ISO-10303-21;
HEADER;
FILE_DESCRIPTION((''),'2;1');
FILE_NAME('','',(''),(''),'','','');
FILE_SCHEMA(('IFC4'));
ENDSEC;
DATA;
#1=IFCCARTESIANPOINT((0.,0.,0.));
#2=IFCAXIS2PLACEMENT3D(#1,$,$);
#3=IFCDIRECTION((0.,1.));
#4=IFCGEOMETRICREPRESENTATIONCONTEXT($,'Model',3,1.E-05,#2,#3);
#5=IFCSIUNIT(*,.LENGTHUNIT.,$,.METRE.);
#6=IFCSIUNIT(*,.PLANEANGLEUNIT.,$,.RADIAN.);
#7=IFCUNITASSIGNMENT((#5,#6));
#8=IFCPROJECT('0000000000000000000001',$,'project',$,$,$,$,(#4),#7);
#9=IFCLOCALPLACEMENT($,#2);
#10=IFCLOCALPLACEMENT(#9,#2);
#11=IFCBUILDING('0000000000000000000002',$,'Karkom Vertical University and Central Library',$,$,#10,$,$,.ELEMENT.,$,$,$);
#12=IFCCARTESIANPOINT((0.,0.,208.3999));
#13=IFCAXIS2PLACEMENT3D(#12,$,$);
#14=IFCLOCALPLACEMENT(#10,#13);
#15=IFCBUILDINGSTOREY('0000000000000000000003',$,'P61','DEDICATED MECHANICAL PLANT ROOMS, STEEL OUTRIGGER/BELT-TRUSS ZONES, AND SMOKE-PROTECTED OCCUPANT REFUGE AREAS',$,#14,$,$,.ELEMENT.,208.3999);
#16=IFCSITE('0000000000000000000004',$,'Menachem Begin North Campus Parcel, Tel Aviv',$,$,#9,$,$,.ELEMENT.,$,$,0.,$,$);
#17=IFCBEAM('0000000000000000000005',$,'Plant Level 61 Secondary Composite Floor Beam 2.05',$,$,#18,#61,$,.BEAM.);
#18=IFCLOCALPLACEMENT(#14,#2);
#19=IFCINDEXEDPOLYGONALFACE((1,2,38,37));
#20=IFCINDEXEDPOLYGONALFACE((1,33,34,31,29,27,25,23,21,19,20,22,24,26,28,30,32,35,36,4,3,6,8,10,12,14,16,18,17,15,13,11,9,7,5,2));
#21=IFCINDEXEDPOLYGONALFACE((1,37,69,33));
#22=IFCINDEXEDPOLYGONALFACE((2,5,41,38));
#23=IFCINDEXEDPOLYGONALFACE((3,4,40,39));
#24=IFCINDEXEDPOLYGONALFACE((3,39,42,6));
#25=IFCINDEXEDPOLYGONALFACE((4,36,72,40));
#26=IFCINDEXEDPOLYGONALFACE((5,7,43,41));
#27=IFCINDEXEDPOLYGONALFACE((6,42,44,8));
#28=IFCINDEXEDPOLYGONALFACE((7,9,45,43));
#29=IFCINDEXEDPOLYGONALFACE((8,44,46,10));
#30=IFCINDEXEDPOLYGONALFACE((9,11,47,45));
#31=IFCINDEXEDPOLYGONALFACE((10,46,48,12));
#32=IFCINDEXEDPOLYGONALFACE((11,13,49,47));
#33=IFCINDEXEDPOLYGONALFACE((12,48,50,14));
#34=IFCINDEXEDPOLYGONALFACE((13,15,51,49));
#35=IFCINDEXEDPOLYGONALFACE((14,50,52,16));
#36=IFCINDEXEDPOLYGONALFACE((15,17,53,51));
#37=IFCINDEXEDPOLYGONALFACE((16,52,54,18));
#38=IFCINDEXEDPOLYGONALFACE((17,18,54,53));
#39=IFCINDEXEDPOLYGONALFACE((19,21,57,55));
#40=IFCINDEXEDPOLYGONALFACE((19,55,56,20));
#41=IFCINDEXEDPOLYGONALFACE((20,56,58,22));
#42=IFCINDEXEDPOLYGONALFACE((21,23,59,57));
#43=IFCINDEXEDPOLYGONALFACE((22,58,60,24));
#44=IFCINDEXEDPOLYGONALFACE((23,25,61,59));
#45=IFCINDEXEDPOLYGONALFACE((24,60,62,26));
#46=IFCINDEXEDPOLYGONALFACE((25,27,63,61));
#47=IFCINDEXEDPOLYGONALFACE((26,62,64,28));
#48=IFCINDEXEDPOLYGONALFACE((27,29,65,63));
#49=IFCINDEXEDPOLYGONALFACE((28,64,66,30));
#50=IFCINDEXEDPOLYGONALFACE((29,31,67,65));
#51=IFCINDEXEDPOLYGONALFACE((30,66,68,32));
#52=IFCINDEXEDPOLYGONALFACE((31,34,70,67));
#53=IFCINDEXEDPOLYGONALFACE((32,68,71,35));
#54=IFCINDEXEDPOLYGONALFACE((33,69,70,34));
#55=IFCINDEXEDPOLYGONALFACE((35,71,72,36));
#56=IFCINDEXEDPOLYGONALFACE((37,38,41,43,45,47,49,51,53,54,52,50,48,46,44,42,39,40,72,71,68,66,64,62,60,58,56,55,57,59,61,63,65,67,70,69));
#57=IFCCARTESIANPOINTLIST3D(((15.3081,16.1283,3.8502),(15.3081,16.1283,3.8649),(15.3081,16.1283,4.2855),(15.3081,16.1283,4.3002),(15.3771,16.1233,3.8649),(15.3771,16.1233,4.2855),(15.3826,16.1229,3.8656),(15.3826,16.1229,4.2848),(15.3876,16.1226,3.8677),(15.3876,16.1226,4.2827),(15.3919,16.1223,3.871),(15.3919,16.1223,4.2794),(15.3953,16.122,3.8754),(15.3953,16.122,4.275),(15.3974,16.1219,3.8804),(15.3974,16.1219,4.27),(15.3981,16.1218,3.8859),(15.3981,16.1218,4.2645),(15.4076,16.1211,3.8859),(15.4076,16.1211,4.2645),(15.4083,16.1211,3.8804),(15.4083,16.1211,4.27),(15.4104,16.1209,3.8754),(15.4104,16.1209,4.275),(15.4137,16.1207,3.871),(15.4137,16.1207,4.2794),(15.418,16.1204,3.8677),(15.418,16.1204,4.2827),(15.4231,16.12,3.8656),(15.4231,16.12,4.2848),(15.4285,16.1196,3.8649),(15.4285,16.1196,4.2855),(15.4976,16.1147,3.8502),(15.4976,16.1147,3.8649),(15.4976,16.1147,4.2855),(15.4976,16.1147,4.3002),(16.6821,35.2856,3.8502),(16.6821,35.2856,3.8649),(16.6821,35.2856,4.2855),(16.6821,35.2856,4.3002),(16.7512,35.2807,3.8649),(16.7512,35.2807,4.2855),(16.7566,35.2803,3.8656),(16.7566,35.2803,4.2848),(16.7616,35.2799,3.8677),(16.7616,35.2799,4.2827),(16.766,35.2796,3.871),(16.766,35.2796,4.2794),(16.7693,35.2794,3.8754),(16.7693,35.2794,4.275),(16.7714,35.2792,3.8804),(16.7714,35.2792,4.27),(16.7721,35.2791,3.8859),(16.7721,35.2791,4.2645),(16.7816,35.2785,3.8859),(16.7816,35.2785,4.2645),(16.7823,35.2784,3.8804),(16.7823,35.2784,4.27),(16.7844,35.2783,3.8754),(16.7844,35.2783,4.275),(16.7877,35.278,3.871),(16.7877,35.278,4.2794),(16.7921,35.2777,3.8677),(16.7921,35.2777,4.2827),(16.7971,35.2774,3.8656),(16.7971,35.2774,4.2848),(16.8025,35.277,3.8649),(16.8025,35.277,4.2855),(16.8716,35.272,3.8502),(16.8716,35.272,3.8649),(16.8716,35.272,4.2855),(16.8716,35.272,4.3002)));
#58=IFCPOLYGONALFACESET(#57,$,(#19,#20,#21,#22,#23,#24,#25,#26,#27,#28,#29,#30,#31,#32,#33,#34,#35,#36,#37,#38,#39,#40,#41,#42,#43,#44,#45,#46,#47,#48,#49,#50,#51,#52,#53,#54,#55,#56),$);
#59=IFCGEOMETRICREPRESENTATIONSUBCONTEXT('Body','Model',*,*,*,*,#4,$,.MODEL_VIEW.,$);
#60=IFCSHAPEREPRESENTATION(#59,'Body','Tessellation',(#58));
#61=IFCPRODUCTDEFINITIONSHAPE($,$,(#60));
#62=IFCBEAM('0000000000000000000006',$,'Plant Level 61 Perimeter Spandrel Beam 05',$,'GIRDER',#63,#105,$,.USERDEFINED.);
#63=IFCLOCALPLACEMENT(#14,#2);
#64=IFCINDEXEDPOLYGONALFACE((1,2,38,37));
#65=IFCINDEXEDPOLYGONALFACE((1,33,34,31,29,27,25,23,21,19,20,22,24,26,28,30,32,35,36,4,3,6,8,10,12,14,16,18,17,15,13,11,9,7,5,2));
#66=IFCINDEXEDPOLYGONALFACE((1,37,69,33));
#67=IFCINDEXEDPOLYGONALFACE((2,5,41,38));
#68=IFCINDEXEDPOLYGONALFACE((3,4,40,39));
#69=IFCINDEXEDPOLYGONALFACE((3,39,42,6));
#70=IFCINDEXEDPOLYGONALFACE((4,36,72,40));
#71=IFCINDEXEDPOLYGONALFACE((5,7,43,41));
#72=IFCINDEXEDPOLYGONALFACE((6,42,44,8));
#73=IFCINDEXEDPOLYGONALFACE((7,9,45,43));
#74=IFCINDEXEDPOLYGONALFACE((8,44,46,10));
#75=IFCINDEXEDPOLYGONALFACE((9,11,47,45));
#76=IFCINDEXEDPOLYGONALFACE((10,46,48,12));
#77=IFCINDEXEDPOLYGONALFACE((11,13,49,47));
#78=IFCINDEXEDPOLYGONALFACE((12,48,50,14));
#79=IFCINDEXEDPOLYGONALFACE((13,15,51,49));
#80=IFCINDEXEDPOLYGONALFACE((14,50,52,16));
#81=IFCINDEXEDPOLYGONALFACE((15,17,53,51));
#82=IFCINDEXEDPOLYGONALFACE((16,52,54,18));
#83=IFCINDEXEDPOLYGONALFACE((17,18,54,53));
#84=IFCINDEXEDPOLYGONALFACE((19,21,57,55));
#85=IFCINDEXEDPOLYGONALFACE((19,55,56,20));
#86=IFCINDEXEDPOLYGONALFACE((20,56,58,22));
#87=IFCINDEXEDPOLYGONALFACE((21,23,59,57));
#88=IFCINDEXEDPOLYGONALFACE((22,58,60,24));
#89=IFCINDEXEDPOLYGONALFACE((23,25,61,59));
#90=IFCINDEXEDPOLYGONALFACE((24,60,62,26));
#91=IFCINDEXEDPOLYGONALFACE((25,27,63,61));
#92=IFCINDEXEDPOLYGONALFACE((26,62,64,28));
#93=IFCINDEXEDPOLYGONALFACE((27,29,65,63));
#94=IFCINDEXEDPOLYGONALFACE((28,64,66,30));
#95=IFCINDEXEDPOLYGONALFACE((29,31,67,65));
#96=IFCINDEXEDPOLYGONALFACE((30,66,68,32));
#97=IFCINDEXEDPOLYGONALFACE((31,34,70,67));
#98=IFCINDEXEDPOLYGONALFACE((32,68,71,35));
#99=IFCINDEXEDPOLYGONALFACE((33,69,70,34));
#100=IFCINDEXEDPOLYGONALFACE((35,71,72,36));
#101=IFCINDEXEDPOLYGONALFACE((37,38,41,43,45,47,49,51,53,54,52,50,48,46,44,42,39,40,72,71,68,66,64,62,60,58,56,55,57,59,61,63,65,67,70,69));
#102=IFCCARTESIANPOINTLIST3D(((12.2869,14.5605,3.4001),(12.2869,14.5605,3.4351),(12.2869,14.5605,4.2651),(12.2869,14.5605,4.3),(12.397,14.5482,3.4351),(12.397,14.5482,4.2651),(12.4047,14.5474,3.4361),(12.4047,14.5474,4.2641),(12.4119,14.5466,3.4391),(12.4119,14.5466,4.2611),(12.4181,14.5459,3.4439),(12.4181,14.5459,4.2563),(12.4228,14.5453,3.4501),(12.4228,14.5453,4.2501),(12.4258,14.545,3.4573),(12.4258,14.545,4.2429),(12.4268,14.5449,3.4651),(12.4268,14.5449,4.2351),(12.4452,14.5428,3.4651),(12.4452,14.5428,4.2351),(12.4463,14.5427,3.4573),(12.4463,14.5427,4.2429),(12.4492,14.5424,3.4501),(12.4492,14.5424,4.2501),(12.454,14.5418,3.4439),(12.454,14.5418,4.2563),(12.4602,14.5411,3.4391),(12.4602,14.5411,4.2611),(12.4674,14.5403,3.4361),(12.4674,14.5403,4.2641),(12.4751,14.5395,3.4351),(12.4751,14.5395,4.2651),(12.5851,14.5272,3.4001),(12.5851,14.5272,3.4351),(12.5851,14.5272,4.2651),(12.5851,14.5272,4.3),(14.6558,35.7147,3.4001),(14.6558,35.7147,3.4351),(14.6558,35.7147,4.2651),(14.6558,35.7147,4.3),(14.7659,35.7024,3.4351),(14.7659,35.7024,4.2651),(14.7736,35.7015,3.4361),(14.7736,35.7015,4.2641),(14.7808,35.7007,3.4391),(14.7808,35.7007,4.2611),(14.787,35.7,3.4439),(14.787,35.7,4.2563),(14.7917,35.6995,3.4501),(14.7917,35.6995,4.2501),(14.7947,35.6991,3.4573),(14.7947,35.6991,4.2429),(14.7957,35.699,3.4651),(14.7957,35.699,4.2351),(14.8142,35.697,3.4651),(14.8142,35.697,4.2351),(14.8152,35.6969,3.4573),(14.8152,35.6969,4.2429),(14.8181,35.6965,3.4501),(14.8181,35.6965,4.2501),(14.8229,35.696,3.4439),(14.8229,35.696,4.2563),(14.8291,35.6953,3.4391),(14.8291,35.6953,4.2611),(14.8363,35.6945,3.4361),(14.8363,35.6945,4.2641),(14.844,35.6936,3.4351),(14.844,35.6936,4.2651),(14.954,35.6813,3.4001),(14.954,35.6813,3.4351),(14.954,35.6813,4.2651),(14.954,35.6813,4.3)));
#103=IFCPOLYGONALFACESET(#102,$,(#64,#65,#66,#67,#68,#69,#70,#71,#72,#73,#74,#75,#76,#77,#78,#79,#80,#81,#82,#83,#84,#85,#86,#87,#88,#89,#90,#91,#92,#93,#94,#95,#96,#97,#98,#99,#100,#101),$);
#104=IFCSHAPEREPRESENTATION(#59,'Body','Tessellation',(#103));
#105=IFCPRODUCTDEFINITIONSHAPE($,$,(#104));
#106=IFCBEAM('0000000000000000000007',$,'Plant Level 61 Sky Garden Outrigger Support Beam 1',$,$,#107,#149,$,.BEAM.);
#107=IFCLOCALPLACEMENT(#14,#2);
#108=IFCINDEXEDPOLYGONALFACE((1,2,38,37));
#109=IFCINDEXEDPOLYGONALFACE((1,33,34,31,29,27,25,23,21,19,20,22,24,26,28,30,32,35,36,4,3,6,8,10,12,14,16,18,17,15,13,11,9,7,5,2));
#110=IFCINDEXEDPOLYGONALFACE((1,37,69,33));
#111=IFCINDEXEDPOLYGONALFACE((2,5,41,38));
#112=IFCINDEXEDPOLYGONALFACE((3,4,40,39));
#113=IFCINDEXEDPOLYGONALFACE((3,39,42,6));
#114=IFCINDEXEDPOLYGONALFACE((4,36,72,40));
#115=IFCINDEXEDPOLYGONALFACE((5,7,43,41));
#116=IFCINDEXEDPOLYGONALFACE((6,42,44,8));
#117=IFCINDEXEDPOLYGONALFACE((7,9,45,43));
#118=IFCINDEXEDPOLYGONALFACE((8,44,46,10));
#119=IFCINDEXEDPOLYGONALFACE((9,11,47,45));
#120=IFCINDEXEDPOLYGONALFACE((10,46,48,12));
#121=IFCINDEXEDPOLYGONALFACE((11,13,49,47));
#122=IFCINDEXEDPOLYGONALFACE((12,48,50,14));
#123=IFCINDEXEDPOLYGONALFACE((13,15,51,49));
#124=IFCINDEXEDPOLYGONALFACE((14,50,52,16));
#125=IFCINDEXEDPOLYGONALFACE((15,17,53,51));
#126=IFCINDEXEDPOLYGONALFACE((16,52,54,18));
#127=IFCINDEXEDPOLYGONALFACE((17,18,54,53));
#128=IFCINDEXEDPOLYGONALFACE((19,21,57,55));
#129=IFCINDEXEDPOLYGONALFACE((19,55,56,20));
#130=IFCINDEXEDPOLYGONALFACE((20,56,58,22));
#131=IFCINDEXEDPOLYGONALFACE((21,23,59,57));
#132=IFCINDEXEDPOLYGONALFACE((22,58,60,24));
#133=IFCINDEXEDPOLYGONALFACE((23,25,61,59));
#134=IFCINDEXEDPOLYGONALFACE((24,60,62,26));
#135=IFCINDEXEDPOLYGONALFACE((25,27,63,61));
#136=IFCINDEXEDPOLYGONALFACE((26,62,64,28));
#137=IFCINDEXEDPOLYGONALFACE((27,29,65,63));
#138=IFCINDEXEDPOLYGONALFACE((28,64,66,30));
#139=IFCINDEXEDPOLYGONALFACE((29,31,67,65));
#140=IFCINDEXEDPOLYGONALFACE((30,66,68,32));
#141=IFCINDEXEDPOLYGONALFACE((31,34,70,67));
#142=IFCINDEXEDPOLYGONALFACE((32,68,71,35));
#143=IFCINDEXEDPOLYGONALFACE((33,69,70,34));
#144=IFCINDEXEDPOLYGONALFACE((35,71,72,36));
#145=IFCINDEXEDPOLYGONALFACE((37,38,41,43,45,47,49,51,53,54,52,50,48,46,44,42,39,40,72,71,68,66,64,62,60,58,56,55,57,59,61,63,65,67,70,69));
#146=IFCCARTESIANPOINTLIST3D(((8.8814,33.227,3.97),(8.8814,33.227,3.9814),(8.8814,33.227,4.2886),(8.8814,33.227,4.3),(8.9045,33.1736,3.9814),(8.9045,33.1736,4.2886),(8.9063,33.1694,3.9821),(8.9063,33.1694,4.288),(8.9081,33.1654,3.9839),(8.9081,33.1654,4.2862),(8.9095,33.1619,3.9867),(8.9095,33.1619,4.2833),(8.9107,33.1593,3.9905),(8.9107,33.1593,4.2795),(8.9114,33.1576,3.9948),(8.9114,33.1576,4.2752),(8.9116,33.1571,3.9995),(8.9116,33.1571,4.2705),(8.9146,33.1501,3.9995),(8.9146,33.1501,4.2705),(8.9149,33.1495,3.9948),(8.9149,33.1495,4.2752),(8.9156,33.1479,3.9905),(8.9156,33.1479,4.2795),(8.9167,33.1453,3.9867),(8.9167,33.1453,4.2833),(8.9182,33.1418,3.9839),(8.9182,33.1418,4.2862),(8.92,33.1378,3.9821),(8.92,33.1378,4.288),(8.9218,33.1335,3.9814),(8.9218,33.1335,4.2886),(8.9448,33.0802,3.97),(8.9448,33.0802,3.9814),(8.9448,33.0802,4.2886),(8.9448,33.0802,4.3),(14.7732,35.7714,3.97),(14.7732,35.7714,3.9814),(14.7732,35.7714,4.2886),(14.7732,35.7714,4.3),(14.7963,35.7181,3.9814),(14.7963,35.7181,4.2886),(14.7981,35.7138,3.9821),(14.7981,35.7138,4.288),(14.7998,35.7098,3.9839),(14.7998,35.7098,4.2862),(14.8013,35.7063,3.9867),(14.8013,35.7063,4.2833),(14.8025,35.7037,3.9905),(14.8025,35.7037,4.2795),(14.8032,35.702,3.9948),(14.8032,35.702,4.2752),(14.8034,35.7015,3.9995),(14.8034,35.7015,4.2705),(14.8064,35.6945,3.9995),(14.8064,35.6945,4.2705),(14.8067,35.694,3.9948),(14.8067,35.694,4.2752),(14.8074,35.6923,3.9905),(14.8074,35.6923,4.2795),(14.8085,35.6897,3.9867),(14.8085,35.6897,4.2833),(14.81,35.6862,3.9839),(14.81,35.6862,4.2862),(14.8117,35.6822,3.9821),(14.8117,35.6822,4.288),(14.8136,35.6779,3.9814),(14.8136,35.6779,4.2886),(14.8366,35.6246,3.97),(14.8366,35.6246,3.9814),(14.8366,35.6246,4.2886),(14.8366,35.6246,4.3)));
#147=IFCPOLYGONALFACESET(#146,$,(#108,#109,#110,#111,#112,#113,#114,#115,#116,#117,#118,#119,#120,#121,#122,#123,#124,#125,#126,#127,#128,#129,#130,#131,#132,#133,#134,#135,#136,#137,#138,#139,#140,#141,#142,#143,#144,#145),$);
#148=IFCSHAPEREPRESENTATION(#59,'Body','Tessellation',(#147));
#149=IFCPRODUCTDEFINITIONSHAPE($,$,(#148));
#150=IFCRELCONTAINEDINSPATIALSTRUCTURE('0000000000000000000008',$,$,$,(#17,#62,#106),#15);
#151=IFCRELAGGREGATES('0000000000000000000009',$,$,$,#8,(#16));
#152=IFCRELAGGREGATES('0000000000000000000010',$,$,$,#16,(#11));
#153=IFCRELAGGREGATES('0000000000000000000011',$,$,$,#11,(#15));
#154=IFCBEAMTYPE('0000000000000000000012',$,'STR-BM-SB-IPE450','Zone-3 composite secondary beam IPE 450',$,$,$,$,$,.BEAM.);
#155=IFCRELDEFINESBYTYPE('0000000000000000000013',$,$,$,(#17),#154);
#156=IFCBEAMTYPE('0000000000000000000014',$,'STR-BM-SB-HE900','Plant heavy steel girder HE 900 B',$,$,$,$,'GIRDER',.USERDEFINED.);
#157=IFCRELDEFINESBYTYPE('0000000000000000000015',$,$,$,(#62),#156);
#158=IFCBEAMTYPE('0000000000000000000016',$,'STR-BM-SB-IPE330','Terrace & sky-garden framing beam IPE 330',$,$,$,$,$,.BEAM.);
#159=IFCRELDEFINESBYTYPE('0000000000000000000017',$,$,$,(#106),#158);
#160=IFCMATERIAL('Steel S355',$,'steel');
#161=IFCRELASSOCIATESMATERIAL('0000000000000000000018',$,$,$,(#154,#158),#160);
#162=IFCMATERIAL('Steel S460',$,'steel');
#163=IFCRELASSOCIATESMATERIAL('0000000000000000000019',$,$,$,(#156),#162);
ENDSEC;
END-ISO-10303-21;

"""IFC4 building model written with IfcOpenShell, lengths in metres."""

from ifc_helpers import new_model, si_unit, direction, frame, origin, origin_with_axes, origin_2d, place, context, subcontext, project, spatial, i_section, extrude, source, transform, mapped, material, material_profile, profile_set, type_object, element, save


model = new_model("IFC4")

# Units and contexts
model_context = context("Model", 3, precision=1e-05, world=origin(), true_north=direction((0.0, 1.0)))
body_context = subcontext(model_context, "Body", "Model", "MODEL_VIEW")
ifc_project = project(units=[si_unit("LENGTHUNIT", "METRE"), si_unit("PLANEANGLEUNIT", "RADIAN")], contexts=[model_context])

# Site, building, storey
site_placement = place(None, origin())
site = spatial("IfcSite", under=ifc_project, at=site_placement, Name="Menachem Begin North Campus Parcel, Tel Aviv", CompositionType="ELEMENT", RefElevation=0.0)
building_placement = place(site_placement, origin())
building = spatial("IfcBuilding", under=site, at=building_placement, Name="Karkom Vertical University and Central Library", CompositionType="ELEMENT")
storey_placement = place(building_placement, frame((0.0, 0.0, 208.3999)))
storey = spatial("IfcBuildingStorey", under=building, at=storey_placement, Name="P61", Description="DEDICATED MECHANICAL PLANT ROOMS, STEEL OUTRIGGER/BELT-TRUSS ZONES, AND SMOKE-PROTECTED OCCUPANT REFUGE AREAS", CompositionType="ELEMENT", Elevation=208.3999)

# Beams
ifc_material_1 = material(Name="Steel S355", Category="steel")
ifc_material_profile_1 = material_profile(ifc_material_1, i_section(OverallWidth=0.1899, OverallDepth=0.45, WebThickness=0.0095, FlangeThickness=0.0146, FilletRadius=0.021, at=origin_2d()), Name="IPE 450")
ifc_profile_set_1 = profile_set([ifc_material_profile_1], Name="Steel S355")
beam_type_1 = type_object("IfcBeamType", Name="STR-BM-SB-IPE450", Description="Zone-3 composite secondary beam IPE 450", PredefinedType="BEAM", material=ifc_profile_set_1)
shared_shape_1 = source(origin_with_axes(), body_context, "Body", "SweptSolid", [
    extrude(i_section(OverallWidth=0.1899, OverallDepth=0.45, WebThickness=0.0095, FlangeThickness=0.0146, FilletRadius=0.021, at=origin_2d()), origin(), (0.0, 0.0, 1.0), 19.2065),
])
beam_1_placement = place(storey_placement, frame((16.7769, 35.2788, 4.0752), z_axis=(-0.07154, -0.997438, 0.0), x_axis=(0.997438, -0.07154, 0.0)))
element("IfcBeam", 1, at=beam_1_placement, inside=storey, type_object=beam_type_1, Name="Plant Level 61 Secondary Composite Floor Beam 2.05", PredefinedType="BEAM", context=body_context, shape_type="MappedRepresentation", body=[
    mapped(shared_shape_1, transform((0.0, 0.0, 0.0), scale=1.0)),
])
ifc_material_2 = material(Name="Steel S460", Category="steel")
ifc_material_profile_2 = material_profile(ifc_material_2, i_section(OverallWidth=0.3, OverallDepth=0.8999, WebThickness=0.0186, FlangeThickness=0.0349, FilletRadius=0.03, at=origin_2d()), Name="HE 900 B")
ifc_profile_set_2 = profile_set([ifc_material_profile_2], Name="Steel S460")
beam_type_2 = type_object("IfcBeamType", Name="STR-BM-SB-HE900", Description="Plant heavy steel girder HE 900 B", ElementType="GIRDER", PredefinedType="USERDEFINED", material=ifc_profile_set_2)
shared_shape_2 = source(origin_with_axes(), body_context, "Body", "SweptSolid", [
    extrude(i_section(OverallWidth=0.3, OverallDepth=0.8999, WebThickness=0.0186, FlangeThickness=0.0349, FilletRadius=0.03, at=origin_2d()), origin(), (0.0, 0.0, 1.0), 21.2864),
])
beam_2_placement = place(storey_placement, frame((14.8049, 35.698, 3.8501), z_axis=(-0.111287, -0.993788, 0.0), x_axis=(0.993788, -0.111287, 0.0)))
element("IfcBeam", 2, at=beam_2_placement, inside=storey, type_object=beam_type_2, Name="Plant Level 61 Perimeter Spandrel Beam 05", ObjectType="GIRDER", PredefinedType="USERDEFINED", context=body_context, shape_type="MappedRepresentation", body=[
    mapped(shared_shape_2, transform((0.0, 0.0, 0.0), scale=1.0)),
])
ifc_material_profile_3 = material_profile(ifc_material_1, i_section(OverallWidth=0.1599, OverallDepth=0.3301, WebThickness=0.0076, FlangeThickness=0.0115, FilletRadius=0.0181, at=origin_2d()), Name="IPE 330")
ifc_profile_set_3 = profile_set([ifc_material_profile_3], Name="Steel S355")
beam_type_3 = type_object("IfcBeamType", Name="STR-BM-SB-IPE330", Description="Terrace & sky-garden framing beam IPE 330", PredefinedType="BEAM", material=ifc_profile_set_3)
shared_shape_3 = source(origin_with_axes(), body_context, "Body", "SweptSolid", [
    extrude(i_section(OverallWidth=0.1599, OverallDepth=0.3301, WebThickness=0.0076, FlangeThickness=0.0115, FilletRadius=0.0181, at=origin_2d()), origin(), (0.0, 0.0, 1.0), 6.4177),
])
beam_3_placement = place(storey_placement, frame((14.8049, 35.698, 4.135), z_axis=(-0.918049, -0.396466, 0.0), x_axis=(0.396466, -0.918049, 0.0)))
element("IfcBeam", 3, at=beam_3_placement, inside=storey, type_object=beam_type_3, Name="Plant Level 61 Sky Garden Outrigger Support Beam 1", PredefinedType="BEAM", context=body_context, shape_type="MappedRepresentation", body=[
    mapped(shared_shape_3, transform((0.0, 0.0, 0.0), scale=1.0)),
])

save(model, "model.ifc")
